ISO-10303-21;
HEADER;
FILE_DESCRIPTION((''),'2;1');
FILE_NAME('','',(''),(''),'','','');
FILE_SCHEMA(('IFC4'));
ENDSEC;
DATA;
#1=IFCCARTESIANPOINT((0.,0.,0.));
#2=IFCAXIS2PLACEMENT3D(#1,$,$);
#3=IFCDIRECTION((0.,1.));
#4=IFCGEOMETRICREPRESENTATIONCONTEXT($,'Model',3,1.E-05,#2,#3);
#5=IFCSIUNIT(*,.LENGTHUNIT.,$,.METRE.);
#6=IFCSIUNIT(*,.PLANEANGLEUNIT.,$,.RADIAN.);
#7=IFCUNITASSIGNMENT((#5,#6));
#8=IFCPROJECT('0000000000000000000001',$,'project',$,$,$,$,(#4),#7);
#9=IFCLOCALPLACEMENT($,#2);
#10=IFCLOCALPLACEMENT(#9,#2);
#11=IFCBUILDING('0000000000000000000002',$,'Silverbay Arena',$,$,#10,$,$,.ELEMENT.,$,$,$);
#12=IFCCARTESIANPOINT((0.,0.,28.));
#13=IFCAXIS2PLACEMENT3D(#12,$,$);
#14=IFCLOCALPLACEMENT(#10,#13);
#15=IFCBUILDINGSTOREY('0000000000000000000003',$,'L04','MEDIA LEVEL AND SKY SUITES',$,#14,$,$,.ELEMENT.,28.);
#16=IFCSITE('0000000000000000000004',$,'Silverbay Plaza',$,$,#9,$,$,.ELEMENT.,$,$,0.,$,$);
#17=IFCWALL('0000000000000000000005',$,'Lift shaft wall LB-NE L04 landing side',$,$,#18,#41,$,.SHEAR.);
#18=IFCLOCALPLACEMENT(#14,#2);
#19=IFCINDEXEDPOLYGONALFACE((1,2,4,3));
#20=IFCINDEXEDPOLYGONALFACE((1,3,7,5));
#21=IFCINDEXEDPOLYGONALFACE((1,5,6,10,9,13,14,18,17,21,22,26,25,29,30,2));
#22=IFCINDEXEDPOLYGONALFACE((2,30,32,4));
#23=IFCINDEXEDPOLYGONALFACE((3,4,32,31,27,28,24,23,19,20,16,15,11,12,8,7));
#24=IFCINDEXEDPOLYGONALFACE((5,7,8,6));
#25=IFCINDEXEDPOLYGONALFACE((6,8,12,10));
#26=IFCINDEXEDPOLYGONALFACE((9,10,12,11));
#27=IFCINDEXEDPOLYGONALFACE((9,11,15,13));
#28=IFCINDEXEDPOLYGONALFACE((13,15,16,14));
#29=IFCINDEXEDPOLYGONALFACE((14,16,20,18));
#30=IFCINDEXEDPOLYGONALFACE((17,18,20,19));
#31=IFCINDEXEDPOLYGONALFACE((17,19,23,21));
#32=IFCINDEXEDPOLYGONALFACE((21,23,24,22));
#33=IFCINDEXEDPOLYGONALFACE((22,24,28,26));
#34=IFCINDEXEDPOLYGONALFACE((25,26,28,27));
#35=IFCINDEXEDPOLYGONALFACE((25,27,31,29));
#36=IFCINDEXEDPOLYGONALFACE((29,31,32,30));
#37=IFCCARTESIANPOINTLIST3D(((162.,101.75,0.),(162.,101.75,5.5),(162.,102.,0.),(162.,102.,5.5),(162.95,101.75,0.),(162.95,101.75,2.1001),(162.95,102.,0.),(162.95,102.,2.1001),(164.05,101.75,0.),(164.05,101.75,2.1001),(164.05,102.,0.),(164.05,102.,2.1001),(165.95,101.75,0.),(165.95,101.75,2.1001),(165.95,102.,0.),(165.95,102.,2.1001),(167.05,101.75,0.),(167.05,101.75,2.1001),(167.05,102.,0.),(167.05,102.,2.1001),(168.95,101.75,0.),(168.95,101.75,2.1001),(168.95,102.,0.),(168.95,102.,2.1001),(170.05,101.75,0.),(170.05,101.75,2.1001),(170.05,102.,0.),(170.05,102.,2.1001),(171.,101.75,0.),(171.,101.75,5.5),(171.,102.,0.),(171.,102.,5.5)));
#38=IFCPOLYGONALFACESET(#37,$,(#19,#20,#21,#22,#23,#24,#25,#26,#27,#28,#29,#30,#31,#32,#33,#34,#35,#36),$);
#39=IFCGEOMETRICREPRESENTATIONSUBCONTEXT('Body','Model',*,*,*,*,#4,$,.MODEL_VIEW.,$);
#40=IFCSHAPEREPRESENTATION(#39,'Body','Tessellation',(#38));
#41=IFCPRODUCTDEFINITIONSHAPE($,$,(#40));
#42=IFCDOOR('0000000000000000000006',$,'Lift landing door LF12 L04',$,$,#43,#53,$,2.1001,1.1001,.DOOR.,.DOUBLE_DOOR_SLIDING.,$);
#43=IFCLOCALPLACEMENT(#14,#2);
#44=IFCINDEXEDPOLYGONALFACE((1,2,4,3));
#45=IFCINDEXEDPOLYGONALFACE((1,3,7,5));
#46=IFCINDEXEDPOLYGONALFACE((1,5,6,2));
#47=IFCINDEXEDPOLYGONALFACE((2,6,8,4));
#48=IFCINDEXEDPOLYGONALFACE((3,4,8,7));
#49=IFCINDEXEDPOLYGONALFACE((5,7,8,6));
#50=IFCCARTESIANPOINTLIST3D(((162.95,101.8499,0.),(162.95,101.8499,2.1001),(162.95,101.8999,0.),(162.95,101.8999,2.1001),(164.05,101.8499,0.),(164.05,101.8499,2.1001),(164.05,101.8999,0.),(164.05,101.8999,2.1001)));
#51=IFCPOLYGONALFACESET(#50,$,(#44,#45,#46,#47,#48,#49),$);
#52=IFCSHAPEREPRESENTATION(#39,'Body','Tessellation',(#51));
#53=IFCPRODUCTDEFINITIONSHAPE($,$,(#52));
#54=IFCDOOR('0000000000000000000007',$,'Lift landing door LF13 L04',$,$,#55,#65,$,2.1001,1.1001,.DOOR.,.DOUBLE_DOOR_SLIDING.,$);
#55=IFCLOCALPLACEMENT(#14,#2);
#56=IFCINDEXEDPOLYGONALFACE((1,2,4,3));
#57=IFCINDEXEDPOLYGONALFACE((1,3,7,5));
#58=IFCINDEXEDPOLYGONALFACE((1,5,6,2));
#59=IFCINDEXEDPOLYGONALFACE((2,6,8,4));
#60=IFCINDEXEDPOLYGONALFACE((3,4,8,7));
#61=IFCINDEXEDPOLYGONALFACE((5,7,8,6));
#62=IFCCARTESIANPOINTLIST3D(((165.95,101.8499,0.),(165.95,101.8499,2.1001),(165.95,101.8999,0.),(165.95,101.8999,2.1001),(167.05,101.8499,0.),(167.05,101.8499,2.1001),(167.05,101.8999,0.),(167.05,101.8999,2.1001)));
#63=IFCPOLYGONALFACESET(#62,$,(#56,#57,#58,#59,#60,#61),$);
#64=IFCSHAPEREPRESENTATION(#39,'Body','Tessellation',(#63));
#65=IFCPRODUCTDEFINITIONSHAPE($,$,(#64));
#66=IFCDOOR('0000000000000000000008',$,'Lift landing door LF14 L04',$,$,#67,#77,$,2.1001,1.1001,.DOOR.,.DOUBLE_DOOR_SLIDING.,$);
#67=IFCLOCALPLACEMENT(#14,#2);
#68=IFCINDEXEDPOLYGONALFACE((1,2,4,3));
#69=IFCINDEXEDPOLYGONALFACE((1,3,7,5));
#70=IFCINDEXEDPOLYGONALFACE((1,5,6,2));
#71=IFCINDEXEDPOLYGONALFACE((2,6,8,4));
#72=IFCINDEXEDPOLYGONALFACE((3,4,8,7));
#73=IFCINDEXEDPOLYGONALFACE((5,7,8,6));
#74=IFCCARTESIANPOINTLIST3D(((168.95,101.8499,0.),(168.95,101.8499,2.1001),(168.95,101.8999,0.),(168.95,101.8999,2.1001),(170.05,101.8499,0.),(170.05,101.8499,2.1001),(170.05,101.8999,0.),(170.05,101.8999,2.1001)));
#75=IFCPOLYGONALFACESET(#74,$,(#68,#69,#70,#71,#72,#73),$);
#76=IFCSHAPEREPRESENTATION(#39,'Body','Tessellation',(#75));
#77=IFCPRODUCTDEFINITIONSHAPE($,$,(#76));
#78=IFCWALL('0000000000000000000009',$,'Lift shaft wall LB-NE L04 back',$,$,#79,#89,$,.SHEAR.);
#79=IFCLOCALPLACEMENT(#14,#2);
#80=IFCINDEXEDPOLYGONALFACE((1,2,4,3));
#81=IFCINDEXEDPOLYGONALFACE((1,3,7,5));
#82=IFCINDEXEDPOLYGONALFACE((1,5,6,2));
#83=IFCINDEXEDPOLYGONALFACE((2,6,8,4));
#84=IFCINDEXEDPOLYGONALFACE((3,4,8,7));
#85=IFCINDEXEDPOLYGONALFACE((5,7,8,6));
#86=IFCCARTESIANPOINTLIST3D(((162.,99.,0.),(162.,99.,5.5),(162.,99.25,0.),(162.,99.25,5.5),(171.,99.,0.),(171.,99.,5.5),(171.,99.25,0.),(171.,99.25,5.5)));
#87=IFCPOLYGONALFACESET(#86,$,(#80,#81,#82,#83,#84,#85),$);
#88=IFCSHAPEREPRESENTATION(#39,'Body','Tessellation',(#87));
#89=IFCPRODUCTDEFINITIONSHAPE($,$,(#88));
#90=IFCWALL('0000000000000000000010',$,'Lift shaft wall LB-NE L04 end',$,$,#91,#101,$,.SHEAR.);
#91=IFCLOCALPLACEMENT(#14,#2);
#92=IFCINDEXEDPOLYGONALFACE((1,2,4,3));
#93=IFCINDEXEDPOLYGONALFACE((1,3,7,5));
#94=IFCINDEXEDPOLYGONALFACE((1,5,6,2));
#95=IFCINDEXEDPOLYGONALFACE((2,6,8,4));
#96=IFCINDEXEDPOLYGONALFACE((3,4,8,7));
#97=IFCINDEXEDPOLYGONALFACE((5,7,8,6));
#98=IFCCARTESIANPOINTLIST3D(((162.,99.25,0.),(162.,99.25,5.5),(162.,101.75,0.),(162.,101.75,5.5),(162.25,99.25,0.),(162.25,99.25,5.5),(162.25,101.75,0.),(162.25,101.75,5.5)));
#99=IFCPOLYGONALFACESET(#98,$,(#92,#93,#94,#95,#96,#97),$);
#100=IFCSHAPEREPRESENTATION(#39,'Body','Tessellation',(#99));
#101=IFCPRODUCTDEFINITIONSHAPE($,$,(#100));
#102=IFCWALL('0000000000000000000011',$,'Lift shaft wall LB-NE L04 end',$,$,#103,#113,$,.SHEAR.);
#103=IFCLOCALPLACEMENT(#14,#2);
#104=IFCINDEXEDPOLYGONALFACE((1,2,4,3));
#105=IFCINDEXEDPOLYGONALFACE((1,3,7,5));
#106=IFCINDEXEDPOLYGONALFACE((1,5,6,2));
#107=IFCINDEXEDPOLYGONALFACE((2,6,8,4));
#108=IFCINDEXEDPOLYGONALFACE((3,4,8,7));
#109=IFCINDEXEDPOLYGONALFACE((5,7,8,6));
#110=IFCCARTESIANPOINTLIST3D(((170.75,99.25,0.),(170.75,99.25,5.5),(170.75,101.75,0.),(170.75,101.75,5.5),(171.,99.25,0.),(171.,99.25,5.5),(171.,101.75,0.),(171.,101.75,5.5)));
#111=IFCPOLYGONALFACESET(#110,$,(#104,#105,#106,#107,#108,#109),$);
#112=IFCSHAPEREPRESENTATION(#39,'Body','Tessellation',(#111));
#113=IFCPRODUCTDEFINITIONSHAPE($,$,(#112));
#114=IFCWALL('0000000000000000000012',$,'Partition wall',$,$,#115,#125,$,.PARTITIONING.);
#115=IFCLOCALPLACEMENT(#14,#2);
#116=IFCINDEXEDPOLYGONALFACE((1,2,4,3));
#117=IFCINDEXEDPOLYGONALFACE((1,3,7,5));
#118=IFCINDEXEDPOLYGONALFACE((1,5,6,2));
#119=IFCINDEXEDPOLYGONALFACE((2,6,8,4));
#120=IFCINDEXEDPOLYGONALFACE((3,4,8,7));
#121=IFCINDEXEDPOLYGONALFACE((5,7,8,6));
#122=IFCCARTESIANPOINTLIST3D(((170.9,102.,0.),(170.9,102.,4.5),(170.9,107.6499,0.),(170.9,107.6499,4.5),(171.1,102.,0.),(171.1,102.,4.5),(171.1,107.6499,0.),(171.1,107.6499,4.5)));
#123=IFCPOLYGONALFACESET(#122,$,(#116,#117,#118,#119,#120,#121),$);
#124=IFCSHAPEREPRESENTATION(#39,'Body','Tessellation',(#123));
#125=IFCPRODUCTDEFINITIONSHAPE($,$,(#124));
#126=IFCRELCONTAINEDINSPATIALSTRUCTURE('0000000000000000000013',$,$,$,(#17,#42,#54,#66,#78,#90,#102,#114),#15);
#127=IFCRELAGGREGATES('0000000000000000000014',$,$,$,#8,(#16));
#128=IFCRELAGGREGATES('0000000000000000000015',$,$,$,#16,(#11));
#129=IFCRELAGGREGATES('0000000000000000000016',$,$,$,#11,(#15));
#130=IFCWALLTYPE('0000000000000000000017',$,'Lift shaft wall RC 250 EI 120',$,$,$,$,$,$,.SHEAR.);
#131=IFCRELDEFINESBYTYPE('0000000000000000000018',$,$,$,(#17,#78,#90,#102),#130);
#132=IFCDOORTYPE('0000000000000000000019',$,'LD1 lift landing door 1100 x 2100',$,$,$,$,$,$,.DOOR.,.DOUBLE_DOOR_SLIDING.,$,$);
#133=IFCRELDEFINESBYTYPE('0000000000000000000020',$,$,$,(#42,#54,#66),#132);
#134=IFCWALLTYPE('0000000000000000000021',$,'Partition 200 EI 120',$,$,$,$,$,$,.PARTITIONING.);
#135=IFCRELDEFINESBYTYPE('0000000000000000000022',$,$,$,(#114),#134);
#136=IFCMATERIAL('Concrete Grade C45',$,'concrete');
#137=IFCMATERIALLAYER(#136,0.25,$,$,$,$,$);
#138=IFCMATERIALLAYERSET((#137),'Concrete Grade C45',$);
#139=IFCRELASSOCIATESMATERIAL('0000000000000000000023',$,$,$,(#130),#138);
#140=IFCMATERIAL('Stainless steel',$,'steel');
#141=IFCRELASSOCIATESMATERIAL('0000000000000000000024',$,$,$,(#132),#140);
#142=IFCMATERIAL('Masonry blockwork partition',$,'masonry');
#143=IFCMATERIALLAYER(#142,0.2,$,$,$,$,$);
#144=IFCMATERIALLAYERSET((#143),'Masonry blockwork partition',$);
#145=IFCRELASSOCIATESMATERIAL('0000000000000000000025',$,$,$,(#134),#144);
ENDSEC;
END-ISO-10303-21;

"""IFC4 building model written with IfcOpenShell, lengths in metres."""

from ifc_helpers import new_model, si_unit, direction, frame, frame_2d, origin, place, context, subcontext, project, spatial, rectangle, extrude, material, layer, layer_set, type_object, element, fill, save


model = new_model("IFC4")

# Units and contexts
model_context = context("Model", 3, precision=1e-05, world=origin(), true_north=direction((0.0, 1.0)))
body_context = subcontext(model_context, "Body", "Model", "MODEL_VIEW")
ifc_project = project(units=[si_unit("LENGTHUNIT", "METRE"), si_unit("PLANEANGLEUNIT", "RADIAN")], contexts=[model_context])

# Site, building, storey
site_placement = place(None, origin())
site = spatial("IfcSite", under=ifc_project, at=site_placement, Name="Silverbay Plaza", CompositionType="ELEMENT", RefElevation=0.0)
building_placement = place(site_placement, origin())
building = spatial("IfcBuilding", under=site, at=building_placement, Name="Silverbay Arena", CompositionType="ELEMENT")
storey_placement = place(building_placement, frame((0.0, 0.0, 28.0)))
storey = spatial("IfcBuildingStorey", under=building, at=storey_placement, Name="L04", Description="MEDIA LEVEL AND SKY SUITES", CompositionType="ELEMENT", Elevation=28.0)

# Wall, openings, doors
ifc_material_1 = material(Name="Concrete Grade C45", Category="concrete")
ifc_layer_1 = layer(ifc_material_1, 0.25)
ifc_layer_set_1 = layer_set([ifc_layer_1], Name="Concrete Grade C45")
wall_type_1 = type_object("IfcWallType", Name="Lift shaft wall RC 250 EI 120", PredefinedType="SHEAR", material=ifc_layer_set_1)
wall_1_placement = place(storey_placement, frame((162.0, 101.875, 0.0), z_axis=(0.0, 0.0, 1.0), x_axis=(1.0, 0.0, 0.0)))
wall_1 = element("IfcWall", 1, at=wall_1_placement, inside=storey, type_object=wall_type_1, Name="Lift shaft wall LB-NE L04 landing side", PredefinedType="SHEAR", context=body_context, shape_type="SweptSolid", body=[
    extrude(rectangle(XDim=9.0, YDim=0.25, at=frame_2d((4.5, 0.0))), origin(), (0.0, 0.0, 1.0), 5.5),
])
opening_1_placement = place(wall_1_placement, frame((0.95, 0.0, 0.0)))
opening_1 = element("IfcOpeningElement", 2, at=opening_1_placement, cuts=wall_1, PredefinedType="OPENING", context=body_context, shape_type="SweptSolid", body=[
    extrude(rectangle(XDim=1.1001, YDim=2.1001, at=frame_2d((0.55, 1.05))), frame((0.0, 0.135, 0.0), z_axis=(0.0, -1.0, 0.0), x_axis=(1.0, 0.0, 0.0)), (0.0, 0.0, 1.0), 0.27),
])
opening_2_placement = place(wall_1_placement, frame((3.95, 0.0, 0.0)))
opening_2 = element("IfcOpeningElement", 3, at=opening_2_placement, cuts=wall_1, PredefinedType="OPENING", context=body_context, shape_type="SweptSolid", body=[
    extrude(rectangle(XDim=1.1001, YDim=2.1001, at=frame_2d((0.55, 1.05))), frame((0.0, 0.135, 0.0), z_axis=(0.0, -1.0, 0.0), x_axis=(1.0, 0.0, 0.0)), (0.0, 0.0, 1.0), 0.27),
])
opening_3_placement = place(wall_1_placement, frame((6.95, 0.0, 0.0)))
opening_3 = element("IfcOpeningElement", 4, at=opening_3_placement, cuts=wall_1, PredefinedType="OPENING", context=body_context, shape_type="SweptSolid", body=[
    extrude(rectangle(XDim=1.1001, YDim=2.1001, at=frame_2d((0.55, 1.05))), frame((0.0, 0.135, 0.0), z_axis=(0.0, -1.0, 0.0), x_axis=(1.0, 0.0, 0.0)), (0.0, 0.0, 1.0), 0.27),
])
ifc_material_2 = material(Name="Stainless steel", Category="steel")
door_type = type_object("IfcDoorType", Name="LD1 lift landing door 1100 x 2100", OperationType="DOUBLE_DOOR_SLIDING", PredefinedType="DOOR", material=ifc_material_2)
door_1_placement = place(opening_1_placement, origin())
door_1 = element("IfcDoor", 5, at=door_1_placement, inside=storey, type_object=door_type, Name="Lift landing door LF12 L04", OperationType="DOUBLE_DOOR_SLIDING", OverallHeight=2.1001, OverallWidth=1.1001, PredefinedType="DOOR", context=body_context, shape_type="SweptSolid", body=[
    extrude(rectangle(XDim=1.1001, YDim=2.1001, at=frame_2d((0.55, 1.05))), frame((0.0, 0.0249, 0.0), z_axis=(0.0, -1.0, 0.0), x_axis=(1.0, 0.0, 0.0)), (0.0, 0.0, 1.0), 0.05),
])
fill(opening_1, door_1)
door_2_placement = place(opening_2_placement, origin())
door_2 = element("IfcDoor", 6, at=door_2_placement, inside=storey, type_object=door_type, Name="Lift landing door LF13 L04", OperationType="DOUBLE_DOOR_SLIDING", OverallHeight=2.1001, OverallWidth=1.1001, PredefinedType="DOOR", context=body_context, shape_type="SweptSolid", body=[
    extrude(rectangle(XDim=1.1001, YDim=2.1001, at=frame_2d((0.55, 1.05))), frame((0.0, 0.0249, 0.0), z_axis=(0.0, -1.0, 0.0), x_axis=(1.0, 0.0, 0.0)), (0.0, 0.0, 1.0), 0.05),
])
fill(opening_2, door_2)
door_3_placement = place(opening_3_placement, origin())
door_3 = element("IfcDoor", 7, at=door_3_placement, inside=storey, type_object=door_type, Name="Lift landing door LF14 L04", OperationType="DOUBLE_DOOR_SLIDING", OverallHeight=2.1001, OverallWidth=1.1001, PredefinedType="DOOR", context=body_context, shape_type="SweptSolid", body=[
    extrude(rectangle(XDim=1.1001, YDim=2.1001, at=frame_2d((0.55, 1.05))), frame((0.0, 0.0249, 0.0), z_axis=(0.0, -1.0, 0.0), x_axis=(1.0, 0.0, 0.0)), (0.0, 0.0, 1.0), 0.05),
])
fill(opening_3, door_3)

# Walls
wall_2_placement = place(storey_placement, frame((162.0, 99.125, 0.0), z_axis=(0.0, 0.0, 1.0), x_axis=(1.0, 0.0, 0.0)))
element("IfcWall", 8, at=wall_2_placement, inside=storey, type_object=wall_type_1, Name="Lift shaft wall LB-NE L04 back", PredefinedType="SHEAR", context=body_context, shape_type="SweptSolid", body=[
    extrude(rectangle(XDim=9.0, YDim=0.25, at=frame_2d((4.5, 0.0))), origin(), (0.0, 0.0, 1.0), 5.5),
])
for number, where, z_axis, x_axis, name in (
    (9, (162.125, 99.25, 0.0), (0.0, 0.0, 1.0), (0.0, 1.0, 0.0), "Lift shaft wall LB-NE L04 end"),
    (10, (170.875, 99.25, 0.0), (0.0, 0.0, 1.0), (0.0, 1.0, 0.0), "Lift shaft wall LB-NE L04 end"),
):
    element("IfcWall", number, at=place(storey_placement, frame(where, z_axis=z_axis, x_axis=x_axis)), inside=storey, type_object=wall_type_1, Name=name, PredefinedType="SHEAR", context=body_context, shape_type="SweptSolid", body=[
        extrude(rectangle(XDim=2.5, YDim=0.25, at=frame_2d((1.25, 0.0))), origin(), (0.0, 0.0, 1.0), 5.5),
    ])
ifc_material_3 = material(Name="Masonry blockwork partition", Category="masonry")
ifc_layer_2 = layer(ifc_material_3, 0.2)
ifc_layer_set_2 = layer_set([ifc_layer_2], Name="Masonry blockwork partition")
wall_type_2 = type_object("IfcWallType", Name="Partition 200 EI 120", PredefinedType="PARTITIONING", material=ifc_layer_set_2)
wall_3_placement = place(storey_placement, frame((171.0, 102.0, 0.0), z_axis=(0.0, 0.0, 1.0), x_axis=(0.0, 1.0, 0.0)))
element("IfcWall", 11, at=wall_3_placement, inside=storey, type_object=wall_type_2, Name="Partition wall", PredefinedType="PARTITIONING", context=body_context, shape_type="SweptSolid", body=[
    extrude(rectangle(XDim=5.6499, YDim=0.2, at=frame_2d((2.825, 0.0))), origin(), (0.0, 0.0, 1.0), 4.5),
])

save(model, "model.ifc")
